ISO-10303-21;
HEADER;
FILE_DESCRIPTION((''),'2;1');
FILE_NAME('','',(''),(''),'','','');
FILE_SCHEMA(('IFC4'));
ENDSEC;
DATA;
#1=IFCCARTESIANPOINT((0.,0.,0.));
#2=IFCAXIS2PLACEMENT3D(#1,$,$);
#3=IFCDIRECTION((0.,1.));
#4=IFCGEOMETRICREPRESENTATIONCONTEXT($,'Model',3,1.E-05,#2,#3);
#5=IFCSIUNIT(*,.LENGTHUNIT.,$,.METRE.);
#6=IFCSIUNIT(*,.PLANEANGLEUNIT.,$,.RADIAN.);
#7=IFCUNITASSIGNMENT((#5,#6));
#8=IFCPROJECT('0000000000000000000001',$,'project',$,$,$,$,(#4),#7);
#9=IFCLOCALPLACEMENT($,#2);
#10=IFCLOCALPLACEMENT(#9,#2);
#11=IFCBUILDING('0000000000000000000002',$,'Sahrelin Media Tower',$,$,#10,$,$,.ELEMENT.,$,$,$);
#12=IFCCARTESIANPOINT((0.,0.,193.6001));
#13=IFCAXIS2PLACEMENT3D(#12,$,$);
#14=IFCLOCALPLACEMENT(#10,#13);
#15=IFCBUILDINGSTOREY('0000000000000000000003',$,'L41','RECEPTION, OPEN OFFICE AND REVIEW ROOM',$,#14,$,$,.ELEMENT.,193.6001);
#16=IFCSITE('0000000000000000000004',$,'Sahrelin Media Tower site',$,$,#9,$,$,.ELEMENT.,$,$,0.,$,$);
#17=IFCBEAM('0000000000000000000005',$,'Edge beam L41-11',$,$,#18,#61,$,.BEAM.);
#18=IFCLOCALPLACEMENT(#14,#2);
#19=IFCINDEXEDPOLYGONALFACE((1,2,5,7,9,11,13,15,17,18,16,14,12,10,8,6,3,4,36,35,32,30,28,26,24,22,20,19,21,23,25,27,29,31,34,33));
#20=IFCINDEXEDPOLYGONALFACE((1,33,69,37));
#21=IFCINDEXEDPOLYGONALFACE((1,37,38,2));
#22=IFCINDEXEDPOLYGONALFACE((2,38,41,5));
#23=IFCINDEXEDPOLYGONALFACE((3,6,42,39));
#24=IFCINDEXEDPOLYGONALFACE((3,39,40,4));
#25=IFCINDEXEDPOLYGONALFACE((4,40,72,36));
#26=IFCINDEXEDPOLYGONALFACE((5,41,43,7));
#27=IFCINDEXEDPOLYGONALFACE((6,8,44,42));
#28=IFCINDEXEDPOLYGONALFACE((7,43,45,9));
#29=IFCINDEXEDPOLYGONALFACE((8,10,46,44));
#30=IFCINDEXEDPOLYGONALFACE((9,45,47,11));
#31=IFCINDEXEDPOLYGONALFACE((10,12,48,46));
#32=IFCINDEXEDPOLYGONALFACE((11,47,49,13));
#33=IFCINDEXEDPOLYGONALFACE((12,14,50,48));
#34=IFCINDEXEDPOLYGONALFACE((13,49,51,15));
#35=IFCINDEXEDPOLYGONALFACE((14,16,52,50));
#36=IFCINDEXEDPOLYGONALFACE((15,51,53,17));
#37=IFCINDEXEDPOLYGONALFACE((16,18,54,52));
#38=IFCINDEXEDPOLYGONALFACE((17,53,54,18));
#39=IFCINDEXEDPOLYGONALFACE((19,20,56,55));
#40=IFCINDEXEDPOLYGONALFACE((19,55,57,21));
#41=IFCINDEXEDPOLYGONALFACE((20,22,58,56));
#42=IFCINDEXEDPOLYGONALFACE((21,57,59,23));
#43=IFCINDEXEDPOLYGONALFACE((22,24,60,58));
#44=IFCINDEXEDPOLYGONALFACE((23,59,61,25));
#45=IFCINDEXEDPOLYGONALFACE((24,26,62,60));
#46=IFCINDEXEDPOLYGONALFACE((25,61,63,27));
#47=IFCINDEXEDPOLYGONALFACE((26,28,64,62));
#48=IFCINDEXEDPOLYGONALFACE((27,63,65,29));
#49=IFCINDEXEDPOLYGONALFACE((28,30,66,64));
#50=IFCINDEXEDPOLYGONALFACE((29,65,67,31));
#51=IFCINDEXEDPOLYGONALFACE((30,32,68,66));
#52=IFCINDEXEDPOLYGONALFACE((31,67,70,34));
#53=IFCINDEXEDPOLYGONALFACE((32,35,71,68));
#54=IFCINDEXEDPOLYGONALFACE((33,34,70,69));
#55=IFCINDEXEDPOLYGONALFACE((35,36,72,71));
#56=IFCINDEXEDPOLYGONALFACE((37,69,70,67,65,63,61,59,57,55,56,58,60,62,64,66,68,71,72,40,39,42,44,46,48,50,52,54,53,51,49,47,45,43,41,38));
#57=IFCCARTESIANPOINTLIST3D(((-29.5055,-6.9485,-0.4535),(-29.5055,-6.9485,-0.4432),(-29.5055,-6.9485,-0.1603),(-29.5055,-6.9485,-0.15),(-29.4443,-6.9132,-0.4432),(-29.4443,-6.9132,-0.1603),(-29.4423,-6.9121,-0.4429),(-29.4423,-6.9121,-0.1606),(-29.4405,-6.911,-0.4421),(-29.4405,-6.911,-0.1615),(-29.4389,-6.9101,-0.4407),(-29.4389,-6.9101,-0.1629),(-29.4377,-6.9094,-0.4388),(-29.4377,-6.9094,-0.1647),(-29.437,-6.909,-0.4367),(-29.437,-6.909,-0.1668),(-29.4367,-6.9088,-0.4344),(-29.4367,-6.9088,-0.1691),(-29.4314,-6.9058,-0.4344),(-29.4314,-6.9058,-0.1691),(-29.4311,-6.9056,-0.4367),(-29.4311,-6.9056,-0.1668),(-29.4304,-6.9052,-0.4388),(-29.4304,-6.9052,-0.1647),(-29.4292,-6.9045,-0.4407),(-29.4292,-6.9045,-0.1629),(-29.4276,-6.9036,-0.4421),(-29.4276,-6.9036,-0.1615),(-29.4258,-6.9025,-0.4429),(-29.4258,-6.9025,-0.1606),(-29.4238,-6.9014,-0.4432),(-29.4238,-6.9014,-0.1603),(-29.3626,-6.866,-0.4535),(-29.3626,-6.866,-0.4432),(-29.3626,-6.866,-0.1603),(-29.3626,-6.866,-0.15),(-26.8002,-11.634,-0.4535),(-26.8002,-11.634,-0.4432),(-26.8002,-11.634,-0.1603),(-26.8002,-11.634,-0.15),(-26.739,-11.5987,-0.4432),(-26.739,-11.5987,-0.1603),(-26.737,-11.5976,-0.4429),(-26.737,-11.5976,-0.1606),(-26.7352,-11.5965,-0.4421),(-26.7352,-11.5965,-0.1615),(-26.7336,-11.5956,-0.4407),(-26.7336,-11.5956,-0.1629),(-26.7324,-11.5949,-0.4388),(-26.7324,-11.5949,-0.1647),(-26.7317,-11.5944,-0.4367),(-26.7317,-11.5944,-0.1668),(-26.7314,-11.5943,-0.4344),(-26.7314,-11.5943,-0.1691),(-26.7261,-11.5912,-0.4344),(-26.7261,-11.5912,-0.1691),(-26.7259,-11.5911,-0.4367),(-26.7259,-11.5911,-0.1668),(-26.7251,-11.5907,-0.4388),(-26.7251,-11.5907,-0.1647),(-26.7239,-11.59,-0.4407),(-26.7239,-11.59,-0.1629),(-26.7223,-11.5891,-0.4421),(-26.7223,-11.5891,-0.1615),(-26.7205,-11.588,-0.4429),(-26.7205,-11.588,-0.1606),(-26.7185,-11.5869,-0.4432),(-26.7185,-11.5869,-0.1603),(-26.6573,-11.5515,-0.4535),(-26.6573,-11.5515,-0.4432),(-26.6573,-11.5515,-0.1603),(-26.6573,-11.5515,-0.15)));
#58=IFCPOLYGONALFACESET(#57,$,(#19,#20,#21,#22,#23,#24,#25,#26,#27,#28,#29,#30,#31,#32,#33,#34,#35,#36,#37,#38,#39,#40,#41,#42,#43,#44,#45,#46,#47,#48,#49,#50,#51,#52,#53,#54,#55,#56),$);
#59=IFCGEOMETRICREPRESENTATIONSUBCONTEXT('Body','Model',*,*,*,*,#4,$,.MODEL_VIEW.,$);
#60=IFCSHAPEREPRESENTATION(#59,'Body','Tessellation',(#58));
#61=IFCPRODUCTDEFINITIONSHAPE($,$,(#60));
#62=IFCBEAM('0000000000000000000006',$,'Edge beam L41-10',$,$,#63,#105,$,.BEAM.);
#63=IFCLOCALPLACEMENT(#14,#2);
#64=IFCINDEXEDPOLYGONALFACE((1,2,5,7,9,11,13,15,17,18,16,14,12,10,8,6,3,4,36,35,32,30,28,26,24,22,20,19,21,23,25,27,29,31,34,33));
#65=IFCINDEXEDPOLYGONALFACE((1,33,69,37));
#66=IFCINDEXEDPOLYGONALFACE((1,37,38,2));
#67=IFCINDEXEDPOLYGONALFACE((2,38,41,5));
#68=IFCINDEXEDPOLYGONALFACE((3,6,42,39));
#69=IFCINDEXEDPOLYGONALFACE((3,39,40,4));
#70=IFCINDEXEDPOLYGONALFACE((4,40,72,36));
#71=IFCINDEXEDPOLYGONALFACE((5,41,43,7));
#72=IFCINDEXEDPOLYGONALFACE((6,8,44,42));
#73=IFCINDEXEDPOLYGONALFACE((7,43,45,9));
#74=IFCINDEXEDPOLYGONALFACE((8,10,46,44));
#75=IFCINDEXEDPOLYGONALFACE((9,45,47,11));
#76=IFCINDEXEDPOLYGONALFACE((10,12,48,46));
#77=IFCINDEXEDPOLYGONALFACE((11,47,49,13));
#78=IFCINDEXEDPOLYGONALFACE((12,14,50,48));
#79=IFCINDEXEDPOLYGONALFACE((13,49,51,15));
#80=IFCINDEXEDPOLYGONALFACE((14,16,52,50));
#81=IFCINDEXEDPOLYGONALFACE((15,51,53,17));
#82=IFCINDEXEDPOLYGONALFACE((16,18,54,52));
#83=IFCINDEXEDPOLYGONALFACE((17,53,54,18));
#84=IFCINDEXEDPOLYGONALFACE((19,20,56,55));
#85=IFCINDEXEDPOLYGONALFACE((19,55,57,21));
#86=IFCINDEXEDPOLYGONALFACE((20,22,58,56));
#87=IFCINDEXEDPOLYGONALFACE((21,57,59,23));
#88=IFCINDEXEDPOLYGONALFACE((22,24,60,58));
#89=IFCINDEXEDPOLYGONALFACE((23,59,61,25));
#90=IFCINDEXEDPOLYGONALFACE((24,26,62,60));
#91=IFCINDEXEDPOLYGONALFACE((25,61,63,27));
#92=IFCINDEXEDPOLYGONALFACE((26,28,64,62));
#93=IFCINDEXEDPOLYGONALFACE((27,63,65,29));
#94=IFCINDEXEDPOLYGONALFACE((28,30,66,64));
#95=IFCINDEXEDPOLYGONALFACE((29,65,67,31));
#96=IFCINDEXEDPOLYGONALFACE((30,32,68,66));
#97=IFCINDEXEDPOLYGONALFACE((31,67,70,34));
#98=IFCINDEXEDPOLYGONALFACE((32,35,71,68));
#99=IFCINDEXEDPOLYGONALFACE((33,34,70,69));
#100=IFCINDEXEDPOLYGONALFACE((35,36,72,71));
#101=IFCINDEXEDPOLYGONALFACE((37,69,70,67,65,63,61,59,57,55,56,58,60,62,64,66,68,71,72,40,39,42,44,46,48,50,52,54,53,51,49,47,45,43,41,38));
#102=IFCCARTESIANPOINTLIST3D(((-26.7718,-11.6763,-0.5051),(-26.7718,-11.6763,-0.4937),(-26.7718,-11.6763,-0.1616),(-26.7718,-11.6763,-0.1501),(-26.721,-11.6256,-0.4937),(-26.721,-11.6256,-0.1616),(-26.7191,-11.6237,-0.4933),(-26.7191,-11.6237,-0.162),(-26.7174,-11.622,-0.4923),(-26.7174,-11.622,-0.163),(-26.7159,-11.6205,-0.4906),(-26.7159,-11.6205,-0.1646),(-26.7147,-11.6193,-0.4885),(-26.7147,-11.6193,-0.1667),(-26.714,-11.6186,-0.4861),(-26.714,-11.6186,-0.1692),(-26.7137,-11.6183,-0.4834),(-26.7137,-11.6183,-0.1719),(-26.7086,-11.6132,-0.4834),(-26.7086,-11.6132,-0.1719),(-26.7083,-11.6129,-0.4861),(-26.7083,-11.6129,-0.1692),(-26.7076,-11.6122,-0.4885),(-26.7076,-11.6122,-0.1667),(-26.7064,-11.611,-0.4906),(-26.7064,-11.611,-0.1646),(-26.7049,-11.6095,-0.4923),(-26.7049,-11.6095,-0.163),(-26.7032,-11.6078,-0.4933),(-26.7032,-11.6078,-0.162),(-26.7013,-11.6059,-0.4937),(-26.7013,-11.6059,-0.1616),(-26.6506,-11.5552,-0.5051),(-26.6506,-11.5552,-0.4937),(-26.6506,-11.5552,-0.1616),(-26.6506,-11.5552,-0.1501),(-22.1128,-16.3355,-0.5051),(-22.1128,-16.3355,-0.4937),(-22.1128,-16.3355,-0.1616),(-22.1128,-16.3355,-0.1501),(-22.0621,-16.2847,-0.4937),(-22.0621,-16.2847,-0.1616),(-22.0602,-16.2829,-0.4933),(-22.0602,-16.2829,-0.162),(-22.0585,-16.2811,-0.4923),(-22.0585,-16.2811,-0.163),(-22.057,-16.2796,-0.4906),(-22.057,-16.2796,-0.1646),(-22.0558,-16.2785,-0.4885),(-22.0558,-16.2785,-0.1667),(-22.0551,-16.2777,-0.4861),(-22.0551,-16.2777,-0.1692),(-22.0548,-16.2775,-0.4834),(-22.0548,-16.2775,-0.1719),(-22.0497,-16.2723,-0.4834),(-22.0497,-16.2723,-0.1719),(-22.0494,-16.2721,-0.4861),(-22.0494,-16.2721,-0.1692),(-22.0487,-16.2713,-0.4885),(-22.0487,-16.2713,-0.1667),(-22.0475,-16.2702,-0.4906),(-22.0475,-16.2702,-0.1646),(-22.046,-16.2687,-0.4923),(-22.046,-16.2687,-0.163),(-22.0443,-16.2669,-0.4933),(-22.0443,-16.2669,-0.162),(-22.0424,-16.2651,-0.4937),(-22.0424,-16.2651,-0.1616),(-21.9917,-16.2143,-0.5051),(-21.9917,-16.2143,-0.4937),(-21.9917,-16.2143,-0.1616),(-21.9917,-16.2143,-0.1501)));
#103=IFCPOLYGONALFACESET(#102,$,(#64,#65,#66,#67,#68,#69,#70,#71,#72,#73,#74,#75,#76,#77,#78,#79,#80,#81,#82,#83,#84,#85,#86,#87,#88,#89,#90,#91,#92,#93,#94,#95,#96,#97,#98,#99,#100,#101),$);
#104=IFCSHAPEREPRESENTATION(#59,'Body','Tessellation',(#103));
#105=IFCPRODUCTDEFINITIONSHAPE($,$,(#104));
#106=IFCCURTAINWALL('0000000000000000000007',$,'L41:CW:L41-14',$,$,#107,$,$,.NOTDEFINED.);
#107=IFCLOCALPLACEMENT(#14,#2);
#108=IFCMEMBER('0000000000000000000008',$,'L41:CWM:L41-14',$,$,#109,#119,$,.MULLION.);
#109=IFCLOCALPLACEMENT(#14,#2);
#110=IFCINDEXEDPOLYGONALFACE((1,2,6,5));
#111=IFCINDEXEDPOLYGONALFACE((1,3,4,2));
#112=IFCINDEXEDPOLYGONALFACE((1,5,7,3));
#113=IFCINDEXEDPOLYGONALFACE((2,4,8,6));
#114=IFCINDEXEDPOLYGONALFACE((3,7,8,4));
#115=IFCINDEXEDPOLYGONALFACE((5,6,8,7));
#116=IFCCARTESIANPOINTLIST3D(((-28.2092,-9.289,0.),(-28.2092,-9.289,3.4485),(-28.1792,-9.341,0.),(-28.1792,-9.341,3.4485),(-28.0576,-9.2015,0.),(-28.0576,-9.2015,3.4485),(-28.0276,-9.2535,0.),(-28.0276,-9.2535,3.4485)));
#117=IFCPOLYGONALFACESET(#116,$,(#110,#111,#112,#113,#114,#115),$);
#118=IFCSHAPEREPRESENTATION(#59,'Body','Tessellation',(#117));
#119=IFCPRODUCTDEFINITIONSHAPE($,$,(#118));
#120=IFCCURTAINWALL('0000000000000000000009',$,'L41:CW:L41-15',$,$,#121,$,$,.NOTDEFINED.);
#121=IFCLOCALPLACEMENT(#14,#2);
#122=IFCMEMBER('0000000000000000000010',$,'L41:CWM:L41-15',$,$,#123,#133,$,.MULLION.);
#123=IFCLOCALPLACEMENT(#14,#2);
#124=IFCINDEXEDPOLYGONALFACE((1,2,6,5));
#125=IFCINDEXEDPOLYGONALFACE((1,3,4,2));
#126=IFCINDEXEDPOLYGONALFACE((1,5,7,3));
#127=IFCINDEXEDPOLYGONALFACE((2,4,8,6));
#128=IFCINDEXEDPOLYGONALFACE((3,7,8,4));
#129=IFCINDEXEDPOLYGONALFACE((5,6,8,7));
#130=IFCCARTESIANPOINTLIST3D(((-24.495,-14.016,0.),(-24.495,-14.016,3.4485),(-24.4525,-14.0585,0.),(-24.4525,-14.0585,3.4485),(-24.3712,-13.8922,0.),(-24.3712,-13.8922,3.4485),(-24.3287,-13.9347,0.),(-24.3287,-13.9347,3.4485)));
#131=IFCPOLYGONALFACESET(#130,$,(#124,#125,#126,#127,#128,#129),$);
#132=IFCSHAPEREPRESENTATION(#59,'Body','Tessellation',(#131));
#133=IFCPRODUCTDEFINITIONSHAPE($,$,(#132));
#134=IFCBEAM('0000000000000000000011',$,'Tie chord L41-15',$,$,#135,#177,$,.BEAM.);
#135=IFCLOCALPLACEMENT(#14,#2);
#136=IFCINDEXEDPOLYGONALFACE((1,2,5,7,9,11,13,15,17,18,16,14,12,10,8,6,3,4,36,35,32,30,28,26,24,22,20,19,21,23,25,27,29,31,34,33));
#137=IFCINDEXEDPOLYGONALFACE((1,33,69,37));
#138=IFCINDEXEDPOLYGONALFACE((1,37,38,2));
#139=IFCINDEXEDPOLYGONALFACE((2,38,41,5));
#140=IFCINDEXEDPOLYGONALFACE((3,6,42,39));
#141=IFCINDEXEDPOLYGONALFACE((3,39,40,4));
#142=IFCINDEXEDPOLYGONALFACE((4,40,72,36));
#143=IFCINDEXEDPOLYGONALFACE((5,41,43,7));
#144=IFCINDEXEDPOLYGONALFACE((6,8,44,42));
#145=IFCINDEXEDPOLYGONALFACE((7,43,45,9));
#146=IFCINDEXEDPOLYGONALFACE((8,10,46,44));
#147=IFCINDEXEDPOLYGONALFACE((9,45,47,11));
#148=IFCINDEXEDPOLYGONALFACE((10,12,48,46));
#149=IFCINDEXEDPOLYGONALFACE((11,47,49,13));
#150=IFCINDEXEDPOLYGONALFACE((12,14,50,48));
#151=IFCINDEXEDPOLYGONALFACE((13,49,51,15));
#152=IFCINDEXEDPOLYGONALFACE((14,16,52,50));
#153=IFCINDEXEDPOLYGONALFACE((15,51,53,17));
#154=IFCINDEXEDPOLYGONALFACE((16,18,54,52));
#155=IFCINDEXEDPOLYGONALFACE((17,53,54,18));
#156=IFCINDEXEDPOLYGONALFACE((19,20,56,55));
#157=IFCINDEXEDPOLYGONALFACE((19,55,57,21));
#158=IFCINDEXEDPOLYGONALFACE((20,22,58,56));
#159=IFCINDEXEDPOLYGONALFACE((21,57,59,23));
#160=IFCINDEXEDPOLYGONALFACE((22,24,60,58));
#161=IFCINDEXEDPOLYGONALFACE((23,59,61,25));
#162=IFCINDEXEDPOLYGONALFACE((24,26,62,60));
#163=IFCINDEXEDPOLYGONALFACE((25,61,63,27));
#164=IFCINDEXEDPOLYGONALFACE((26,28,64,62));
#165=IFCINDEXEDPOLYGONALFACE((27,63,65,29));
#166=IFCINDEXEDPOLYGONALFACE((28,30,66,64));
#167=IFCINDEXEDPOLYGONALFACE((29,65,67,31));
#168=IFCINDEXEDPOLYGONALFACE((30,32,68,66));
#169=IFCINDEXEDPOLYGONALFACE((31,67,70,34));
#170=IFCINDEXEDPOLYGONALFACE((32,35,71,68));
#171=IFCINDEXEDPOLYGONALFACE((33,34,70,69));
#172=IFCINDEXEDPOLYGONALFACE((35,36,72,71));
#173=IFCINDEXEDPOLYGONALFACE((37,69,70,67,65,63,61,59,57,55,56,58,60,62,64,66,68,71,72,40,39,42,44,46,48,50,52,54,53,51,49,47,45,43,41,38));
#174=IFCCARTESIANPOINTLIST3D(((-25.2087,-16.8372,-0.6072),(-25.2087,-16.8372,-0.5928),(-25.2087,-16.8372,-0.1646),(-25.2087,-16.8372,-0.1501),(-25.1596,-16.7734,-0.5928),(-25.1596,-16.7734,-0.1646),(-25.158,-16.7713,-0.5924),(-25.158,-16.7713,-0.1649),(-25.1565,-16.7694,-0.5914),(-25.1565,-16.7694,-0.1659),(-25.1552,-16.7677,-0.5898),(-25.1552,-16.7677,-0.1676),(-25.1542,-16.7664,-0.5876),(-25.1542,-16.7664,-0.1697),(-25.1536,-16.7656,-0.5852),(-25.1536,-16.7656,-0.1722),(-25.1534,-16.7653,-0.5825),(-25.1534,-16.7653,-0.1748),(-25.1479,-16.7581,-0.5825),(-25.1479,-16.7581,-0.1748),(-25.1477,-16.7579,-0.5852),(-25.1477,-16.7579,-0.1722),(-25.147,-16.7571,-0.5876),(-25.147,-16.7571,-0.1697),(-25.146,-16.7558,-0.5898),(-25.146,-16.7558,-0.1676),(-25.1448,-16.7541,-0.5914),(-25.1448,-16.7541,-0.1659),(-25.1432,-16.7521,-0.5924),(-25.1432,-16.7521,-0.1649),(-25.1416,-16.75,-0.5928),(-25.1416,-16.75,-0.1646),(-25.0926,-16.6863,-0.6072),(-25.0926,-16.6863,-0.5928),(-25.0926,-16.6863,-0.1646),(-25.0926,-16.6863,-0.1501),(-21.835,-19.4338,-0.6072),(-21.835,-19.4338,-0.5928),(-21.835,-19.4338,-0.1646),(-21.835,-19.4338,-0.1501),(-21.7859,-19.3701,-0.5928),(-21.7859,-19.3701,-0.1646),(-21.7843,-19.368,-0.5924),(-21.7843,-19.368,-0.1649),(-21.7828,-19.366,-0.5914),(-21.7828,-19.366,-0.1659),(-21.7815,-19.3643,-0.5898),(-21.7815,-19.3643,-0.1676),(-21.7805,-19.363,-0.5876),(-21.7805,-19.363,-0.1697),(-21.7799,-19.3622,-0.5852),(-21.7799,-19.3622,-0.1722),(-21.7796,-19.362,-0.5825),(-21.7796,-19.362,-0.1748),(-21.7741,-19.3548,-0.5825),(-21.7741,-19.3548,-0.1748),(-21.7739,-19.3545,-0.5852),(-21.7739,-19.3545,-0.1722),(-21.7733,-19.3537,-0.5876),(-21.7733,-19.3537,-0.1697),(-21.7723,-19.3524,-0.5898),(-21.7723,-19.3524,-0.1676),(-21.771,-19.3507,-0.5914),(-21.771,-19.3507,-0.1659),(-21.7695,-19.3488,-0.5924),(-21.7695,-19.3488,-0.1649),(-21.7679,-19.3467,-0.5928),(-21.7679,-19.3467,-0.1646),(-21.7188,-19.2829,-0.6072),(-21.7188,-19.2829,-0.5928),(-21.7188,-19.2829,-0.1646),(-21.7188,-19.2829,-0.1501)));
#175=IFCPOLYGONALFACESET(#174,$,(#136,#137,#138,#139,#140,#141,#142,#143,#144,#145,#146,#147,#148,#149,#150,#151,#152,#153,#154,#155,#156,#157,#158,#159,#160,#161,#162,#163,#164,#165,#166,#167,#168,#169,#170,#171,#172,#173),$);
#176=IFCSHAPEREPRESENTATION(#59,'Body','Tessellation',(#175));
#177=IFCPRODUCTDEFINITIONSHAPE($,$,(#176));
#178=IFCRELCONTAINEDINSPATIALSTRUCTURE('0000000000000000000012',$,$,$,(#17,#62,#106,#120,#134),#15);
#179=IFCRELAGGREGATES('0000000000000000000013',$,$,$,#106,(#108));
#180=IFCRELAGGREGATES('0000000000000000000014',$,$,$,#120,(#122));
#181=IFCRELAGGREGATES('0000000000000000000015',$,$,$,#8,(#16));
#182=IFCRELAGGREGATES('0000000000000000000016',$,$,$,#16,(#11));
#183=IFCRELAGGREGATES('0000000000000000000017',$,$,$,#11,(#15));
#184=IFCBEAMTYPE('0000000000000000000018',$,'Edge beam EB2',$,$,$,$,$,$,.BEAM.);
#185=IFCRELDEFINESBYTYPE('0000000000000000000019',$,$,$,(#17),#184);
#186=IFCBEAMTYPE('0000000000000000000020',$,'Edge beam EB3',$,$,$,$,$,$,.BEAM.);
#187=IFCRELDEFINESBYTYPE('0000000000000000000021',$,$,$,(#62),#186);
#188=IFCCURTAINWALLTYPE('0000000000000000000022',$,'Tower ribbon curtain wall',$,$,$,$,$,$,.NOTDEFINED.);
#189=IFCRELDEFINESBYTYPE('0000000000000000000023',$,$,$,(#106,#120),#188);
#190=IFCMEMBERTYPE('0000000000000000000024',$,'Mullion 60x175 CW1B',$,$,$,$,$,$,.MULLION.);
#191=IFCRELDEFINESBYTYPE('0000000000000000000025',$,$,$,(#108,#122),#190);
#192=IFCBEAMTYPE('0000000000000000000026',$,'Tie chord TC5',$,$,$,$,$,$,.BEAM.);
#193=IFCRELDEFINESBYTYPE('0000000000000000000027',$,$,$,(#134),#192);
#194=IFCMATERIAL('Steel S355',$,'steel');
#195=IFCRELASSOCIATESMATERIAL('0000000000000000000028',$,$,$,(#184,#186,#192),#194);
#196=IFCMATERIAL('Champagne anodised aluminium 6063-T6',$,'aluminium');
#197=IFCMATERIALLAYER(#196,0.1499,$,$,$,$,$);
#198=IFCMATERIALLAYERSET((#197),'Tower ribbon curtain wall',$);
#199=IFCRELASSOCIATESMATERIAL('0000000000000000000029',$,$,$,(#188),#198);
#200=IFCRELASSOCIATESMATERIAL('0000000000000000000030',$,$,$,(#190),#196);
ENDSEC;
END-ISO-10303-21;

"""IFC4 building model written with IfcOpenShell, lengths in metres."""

from ifc_helpers import new_model, si_unit, direction, frame, origin, origin_2d, place, context, subcontext, project, spatial, rectangle, i_section, extrude, material, layer, layer_set, material_profile, profile_set, type_object, element, aggregate, save


model = new_model("IFC4")

# Units and contexts
model_context = context("Model", 3, precision=1e-05, world=origin(), true_north=direction((0.0, 1.0)))
body_context = subcontext(model_context, "Body", "Model", "MODEL_VIEW")
ifc_project = project(units=[si_unit("LENGTHUNIT", "METRE"), si_unit("PLANEANGLEUNIT", "RADIAN")], contexts=[model_context])

# Site, building, storey
site_placement = place(None, origin())
site = spatial("IfcSite", under=ifc_project, at=site_placement, Name="Sahrelin Media Tower site", CompositionType="ELEMENT", RefElevation=0.0)
building_placement = place(site_placement, origin())
building = spatial("IfcBuilding", under=site, at=building_placement, Name="Sahrelin Media Tower", CompositionType="ELEMENT")
storey_placement = place(building_placement, frame((0.0, 0.0, 193.6001)))
storey = spatial("IfcBuildingStorey", under=building, at=storey_placement, Name="L41", Description="RECEPTION, OPEN OFFICE AND REVIEW ROOM", CompositionType="ELEMENT", Elevation=193.6001)

# Beams
ifc_material_1 = material(Name="Steel S355", Category="steel")
ifc_material_profile_1 = material_profile(ifc_material_1, i_section(OverallWidth=0.165, OverallDepth=0.3035, WebThickness=0.0061, FlangeThickness=0.0103, FilletRadius=0.0088, at=origin_2d()), Name="UB 305x165x40")
ifc_profile_set_1 = profile_set([ifc_material_profile_1], Name="Steel S355")
beam_type_1 = type_object("IfcBeamType", Name="Edge beam EB2", PredefinedType="BEAM", material=ifc_profile_set_1)
beam_1_placement = place(storey_placement, frame((-26.7288, -11.5928, -0.3018), z_axis=(-0.500017, 0.866016, 0.0), x_axis=(-0.866016, -0.500017, 0.0)))
element("IfcBeam", 1, at=beam_1_placement, inside=storey, type_object=beam_type_1, Name="Edge beam L41-11", PredefinedType="BEAM", context=body_context, shape_type="SweptSolid", body=[
    extrude(i_section(OverallWidth=0.165, OverallDepth=0.3035, WebThickness=0.0061, FlangeThickness=0.0103, FilletRadius=0.0088, at=origin_2d()), origin(), (0.0, 0.0, 1.0), 5.4104),
])
ifc_material_profile_2 = material_profile(ifc_material_1, i_section(OverallWidth=0.1714, OverallDepth=0.355, WebThickness=0.0073, FlangeThickness=0.0115, FilletRadius=0.0103, at=origin_2d()), Name="UB 356x171x51")
ifc_profile_set_2 = profile_set([ifc_material_profile_2], Name="Steel S355")
beam_type_2 = type_object("IfcBeamType", Name="Edge beam EB3", PredefinedType="BEAM", material=ifc_profile_set_2)
beam_2_placement = place(storey_placement, frame((-22.0522, -16.2749, -0.3276), z_axis=(-0.707088, 0.707125, 0.0), x_axis=(-0.707125, -0.707088, 0.0)))
element("IfcBeam", 2, at=beam_2_placement, inside=storey, type_object=beam_type_2, Name="Edge beam L41-10", PredefinedType="BEAM", context=body_context, shape_type="SweptSolid", body=[
    extrude(i_section(OverallWidth=0.1714, OverallDepth=0.355, WebThickness=0.0073, FlangeThickness=0.0115, FilletRadius=0.0103, at=origin_2d()), origin(), (0.0, 0.0, 1.0), 6.5889),
])

# Curtain walls, members
ifc_material_2 = material(Name="Champagne anodised aluminium 6063-T6", Category="aluminium")
ifc_layer_1 = layer(ifc_material_2, 0.1499)
ifc_layer_set_1 = layer_set([ifc_layer_1], Name="Tower ribbon curtain wall")
curtain_wall_type = type_object("IfcCurtainWallType", Name="Tower ribbon curtain wall", PredefinedType="NOTDEFINED", material=ifc_layer_set_1)
curtain_wall_1_placement = place(storey_placement, frame((-28.2112, -9.325, 0.0), z_axis=(0.0, 0.0, 1.0), x_axis=(1.0, 0.0, 0.0)))
curtain_wall_1 = element("IfcCurtainWall", 3, at=curtain_wall_1_placement, inside=storey, type_object=curtain_wall_type, Name="L41:CW:L41-14", PredefinedType="NOTDEFINED")
ifc_material_profile_3 = material_profile(ifc_material_2, rectangle(XDim=0.0601, YDim=0.175, at=origin_2d()), Name="Mullion 60x175")
ifc_profile_set_3 = profile_set([ifc_material_profile_3], Name="Champagne anodised aluminium 6063-T6")
member_type_1 = type_object("IfcMemberType", Name="Mullion 60x175 CW1B", PredefinedType="MULLION", material=ifc_profile_set_3)
member_1_placement = place(storey_placement, frame((-28.1184, -9.2712, 0.0), z_axis=(0.0, 0.0, 1.0), x_axis=(0.499997, -0.866027, 0.0)))
member_1 = element("IfcMember", 4, at=member_1_placement, type_object=member_type_1, Name="L41:CWM:L41-14", PredefinedType="MULLION", context=body_context, shape_type="SweptSolid", body=[
    extrude(rectangle(XDim=0.0601, YDim=0.175, at=origin_2d()), origin(), (0.0, 0.0, 1.0), 3.4485),
])
aggregate(curtain_wall_1, [member_1])
curtain_wall_2_placement = place(storey_placement, frame((-24.4878, -14.0513, 0.0), z_axis=(0.0, 0.0, 1.0), x_axis=(1.0, 0.0, 0.0)))
curtain_wall_2 = element("IfcCurtainWall", 5, at=curtain_wall_2_placement, inside=storey, type_object=curtain_wall_type, Name="L41:CW:L41-15", PredefinedType="NOTDEFINED")
member_2_placement = place(storey_placement, frame((-24.4119, -13.9753, 0.0), z_axis=(0.0, 0.0, 1.0), x_axis=(0.707107, -0.707107, 0.0)))
member_2 = element("IfcMember", 6, at=member_2_placement, type_object=member_type_1, Name="L41:CWM:L41-15", PredefinedType="MULLION", context=body_context, shape_type="SweptSolid", body=[
    extrude(rectangle(XDim=0.0601, YDim=0.175, at=origin_2d()), origin(), (0.0, 0.0, 1.0), 3.4485),
])

# Beam
ifc_material_profile_4 = material_profile(ifc_material_1, i_section(OverallWidth=0.1904, OverallDepth=0.457, WebThickness=0.009, FlangeThickness=0.0144, FilletRadius=0.0103, at=origin_2d()), Name="UB 457x191x74")
ifc_profile_set_4 = profile_set([ifc_material_profile_4], Name="Steel S355")
beam_type_3 = type_object("IfcBeamType", Name="Tie chord TC5", PredefinedType="BEAM", material=ifc_profile_set_4)
beam_3_placement = place(storey_placement, frame((-25.1506, -16.7617, -0.3787), z_axis=(0.792458, -0.609927, 0.0), x_axis=(0.609927, 0.792458, 0.0)))
element("IfcBeam", 7, at=beam_3_placement, inside=storey, type_object=beam_type_3, Name="Tie chord L41-15", PredefinedType="BEAM", context=body_context, shape_type="SweptSolid", body=[
    extrude(i_section(OverallWidth=0.1904, OverallDepth=0.457, WebThickness=0.009, FlangeThickness=0.0144, FilletRadius=0.0103, at=origin_2d()), origin(), (0.0, 0.0, 1.0), 4.2573),
])

aggregate(curtain_wall_2, [member_2])

save(model, "model.ifc")
